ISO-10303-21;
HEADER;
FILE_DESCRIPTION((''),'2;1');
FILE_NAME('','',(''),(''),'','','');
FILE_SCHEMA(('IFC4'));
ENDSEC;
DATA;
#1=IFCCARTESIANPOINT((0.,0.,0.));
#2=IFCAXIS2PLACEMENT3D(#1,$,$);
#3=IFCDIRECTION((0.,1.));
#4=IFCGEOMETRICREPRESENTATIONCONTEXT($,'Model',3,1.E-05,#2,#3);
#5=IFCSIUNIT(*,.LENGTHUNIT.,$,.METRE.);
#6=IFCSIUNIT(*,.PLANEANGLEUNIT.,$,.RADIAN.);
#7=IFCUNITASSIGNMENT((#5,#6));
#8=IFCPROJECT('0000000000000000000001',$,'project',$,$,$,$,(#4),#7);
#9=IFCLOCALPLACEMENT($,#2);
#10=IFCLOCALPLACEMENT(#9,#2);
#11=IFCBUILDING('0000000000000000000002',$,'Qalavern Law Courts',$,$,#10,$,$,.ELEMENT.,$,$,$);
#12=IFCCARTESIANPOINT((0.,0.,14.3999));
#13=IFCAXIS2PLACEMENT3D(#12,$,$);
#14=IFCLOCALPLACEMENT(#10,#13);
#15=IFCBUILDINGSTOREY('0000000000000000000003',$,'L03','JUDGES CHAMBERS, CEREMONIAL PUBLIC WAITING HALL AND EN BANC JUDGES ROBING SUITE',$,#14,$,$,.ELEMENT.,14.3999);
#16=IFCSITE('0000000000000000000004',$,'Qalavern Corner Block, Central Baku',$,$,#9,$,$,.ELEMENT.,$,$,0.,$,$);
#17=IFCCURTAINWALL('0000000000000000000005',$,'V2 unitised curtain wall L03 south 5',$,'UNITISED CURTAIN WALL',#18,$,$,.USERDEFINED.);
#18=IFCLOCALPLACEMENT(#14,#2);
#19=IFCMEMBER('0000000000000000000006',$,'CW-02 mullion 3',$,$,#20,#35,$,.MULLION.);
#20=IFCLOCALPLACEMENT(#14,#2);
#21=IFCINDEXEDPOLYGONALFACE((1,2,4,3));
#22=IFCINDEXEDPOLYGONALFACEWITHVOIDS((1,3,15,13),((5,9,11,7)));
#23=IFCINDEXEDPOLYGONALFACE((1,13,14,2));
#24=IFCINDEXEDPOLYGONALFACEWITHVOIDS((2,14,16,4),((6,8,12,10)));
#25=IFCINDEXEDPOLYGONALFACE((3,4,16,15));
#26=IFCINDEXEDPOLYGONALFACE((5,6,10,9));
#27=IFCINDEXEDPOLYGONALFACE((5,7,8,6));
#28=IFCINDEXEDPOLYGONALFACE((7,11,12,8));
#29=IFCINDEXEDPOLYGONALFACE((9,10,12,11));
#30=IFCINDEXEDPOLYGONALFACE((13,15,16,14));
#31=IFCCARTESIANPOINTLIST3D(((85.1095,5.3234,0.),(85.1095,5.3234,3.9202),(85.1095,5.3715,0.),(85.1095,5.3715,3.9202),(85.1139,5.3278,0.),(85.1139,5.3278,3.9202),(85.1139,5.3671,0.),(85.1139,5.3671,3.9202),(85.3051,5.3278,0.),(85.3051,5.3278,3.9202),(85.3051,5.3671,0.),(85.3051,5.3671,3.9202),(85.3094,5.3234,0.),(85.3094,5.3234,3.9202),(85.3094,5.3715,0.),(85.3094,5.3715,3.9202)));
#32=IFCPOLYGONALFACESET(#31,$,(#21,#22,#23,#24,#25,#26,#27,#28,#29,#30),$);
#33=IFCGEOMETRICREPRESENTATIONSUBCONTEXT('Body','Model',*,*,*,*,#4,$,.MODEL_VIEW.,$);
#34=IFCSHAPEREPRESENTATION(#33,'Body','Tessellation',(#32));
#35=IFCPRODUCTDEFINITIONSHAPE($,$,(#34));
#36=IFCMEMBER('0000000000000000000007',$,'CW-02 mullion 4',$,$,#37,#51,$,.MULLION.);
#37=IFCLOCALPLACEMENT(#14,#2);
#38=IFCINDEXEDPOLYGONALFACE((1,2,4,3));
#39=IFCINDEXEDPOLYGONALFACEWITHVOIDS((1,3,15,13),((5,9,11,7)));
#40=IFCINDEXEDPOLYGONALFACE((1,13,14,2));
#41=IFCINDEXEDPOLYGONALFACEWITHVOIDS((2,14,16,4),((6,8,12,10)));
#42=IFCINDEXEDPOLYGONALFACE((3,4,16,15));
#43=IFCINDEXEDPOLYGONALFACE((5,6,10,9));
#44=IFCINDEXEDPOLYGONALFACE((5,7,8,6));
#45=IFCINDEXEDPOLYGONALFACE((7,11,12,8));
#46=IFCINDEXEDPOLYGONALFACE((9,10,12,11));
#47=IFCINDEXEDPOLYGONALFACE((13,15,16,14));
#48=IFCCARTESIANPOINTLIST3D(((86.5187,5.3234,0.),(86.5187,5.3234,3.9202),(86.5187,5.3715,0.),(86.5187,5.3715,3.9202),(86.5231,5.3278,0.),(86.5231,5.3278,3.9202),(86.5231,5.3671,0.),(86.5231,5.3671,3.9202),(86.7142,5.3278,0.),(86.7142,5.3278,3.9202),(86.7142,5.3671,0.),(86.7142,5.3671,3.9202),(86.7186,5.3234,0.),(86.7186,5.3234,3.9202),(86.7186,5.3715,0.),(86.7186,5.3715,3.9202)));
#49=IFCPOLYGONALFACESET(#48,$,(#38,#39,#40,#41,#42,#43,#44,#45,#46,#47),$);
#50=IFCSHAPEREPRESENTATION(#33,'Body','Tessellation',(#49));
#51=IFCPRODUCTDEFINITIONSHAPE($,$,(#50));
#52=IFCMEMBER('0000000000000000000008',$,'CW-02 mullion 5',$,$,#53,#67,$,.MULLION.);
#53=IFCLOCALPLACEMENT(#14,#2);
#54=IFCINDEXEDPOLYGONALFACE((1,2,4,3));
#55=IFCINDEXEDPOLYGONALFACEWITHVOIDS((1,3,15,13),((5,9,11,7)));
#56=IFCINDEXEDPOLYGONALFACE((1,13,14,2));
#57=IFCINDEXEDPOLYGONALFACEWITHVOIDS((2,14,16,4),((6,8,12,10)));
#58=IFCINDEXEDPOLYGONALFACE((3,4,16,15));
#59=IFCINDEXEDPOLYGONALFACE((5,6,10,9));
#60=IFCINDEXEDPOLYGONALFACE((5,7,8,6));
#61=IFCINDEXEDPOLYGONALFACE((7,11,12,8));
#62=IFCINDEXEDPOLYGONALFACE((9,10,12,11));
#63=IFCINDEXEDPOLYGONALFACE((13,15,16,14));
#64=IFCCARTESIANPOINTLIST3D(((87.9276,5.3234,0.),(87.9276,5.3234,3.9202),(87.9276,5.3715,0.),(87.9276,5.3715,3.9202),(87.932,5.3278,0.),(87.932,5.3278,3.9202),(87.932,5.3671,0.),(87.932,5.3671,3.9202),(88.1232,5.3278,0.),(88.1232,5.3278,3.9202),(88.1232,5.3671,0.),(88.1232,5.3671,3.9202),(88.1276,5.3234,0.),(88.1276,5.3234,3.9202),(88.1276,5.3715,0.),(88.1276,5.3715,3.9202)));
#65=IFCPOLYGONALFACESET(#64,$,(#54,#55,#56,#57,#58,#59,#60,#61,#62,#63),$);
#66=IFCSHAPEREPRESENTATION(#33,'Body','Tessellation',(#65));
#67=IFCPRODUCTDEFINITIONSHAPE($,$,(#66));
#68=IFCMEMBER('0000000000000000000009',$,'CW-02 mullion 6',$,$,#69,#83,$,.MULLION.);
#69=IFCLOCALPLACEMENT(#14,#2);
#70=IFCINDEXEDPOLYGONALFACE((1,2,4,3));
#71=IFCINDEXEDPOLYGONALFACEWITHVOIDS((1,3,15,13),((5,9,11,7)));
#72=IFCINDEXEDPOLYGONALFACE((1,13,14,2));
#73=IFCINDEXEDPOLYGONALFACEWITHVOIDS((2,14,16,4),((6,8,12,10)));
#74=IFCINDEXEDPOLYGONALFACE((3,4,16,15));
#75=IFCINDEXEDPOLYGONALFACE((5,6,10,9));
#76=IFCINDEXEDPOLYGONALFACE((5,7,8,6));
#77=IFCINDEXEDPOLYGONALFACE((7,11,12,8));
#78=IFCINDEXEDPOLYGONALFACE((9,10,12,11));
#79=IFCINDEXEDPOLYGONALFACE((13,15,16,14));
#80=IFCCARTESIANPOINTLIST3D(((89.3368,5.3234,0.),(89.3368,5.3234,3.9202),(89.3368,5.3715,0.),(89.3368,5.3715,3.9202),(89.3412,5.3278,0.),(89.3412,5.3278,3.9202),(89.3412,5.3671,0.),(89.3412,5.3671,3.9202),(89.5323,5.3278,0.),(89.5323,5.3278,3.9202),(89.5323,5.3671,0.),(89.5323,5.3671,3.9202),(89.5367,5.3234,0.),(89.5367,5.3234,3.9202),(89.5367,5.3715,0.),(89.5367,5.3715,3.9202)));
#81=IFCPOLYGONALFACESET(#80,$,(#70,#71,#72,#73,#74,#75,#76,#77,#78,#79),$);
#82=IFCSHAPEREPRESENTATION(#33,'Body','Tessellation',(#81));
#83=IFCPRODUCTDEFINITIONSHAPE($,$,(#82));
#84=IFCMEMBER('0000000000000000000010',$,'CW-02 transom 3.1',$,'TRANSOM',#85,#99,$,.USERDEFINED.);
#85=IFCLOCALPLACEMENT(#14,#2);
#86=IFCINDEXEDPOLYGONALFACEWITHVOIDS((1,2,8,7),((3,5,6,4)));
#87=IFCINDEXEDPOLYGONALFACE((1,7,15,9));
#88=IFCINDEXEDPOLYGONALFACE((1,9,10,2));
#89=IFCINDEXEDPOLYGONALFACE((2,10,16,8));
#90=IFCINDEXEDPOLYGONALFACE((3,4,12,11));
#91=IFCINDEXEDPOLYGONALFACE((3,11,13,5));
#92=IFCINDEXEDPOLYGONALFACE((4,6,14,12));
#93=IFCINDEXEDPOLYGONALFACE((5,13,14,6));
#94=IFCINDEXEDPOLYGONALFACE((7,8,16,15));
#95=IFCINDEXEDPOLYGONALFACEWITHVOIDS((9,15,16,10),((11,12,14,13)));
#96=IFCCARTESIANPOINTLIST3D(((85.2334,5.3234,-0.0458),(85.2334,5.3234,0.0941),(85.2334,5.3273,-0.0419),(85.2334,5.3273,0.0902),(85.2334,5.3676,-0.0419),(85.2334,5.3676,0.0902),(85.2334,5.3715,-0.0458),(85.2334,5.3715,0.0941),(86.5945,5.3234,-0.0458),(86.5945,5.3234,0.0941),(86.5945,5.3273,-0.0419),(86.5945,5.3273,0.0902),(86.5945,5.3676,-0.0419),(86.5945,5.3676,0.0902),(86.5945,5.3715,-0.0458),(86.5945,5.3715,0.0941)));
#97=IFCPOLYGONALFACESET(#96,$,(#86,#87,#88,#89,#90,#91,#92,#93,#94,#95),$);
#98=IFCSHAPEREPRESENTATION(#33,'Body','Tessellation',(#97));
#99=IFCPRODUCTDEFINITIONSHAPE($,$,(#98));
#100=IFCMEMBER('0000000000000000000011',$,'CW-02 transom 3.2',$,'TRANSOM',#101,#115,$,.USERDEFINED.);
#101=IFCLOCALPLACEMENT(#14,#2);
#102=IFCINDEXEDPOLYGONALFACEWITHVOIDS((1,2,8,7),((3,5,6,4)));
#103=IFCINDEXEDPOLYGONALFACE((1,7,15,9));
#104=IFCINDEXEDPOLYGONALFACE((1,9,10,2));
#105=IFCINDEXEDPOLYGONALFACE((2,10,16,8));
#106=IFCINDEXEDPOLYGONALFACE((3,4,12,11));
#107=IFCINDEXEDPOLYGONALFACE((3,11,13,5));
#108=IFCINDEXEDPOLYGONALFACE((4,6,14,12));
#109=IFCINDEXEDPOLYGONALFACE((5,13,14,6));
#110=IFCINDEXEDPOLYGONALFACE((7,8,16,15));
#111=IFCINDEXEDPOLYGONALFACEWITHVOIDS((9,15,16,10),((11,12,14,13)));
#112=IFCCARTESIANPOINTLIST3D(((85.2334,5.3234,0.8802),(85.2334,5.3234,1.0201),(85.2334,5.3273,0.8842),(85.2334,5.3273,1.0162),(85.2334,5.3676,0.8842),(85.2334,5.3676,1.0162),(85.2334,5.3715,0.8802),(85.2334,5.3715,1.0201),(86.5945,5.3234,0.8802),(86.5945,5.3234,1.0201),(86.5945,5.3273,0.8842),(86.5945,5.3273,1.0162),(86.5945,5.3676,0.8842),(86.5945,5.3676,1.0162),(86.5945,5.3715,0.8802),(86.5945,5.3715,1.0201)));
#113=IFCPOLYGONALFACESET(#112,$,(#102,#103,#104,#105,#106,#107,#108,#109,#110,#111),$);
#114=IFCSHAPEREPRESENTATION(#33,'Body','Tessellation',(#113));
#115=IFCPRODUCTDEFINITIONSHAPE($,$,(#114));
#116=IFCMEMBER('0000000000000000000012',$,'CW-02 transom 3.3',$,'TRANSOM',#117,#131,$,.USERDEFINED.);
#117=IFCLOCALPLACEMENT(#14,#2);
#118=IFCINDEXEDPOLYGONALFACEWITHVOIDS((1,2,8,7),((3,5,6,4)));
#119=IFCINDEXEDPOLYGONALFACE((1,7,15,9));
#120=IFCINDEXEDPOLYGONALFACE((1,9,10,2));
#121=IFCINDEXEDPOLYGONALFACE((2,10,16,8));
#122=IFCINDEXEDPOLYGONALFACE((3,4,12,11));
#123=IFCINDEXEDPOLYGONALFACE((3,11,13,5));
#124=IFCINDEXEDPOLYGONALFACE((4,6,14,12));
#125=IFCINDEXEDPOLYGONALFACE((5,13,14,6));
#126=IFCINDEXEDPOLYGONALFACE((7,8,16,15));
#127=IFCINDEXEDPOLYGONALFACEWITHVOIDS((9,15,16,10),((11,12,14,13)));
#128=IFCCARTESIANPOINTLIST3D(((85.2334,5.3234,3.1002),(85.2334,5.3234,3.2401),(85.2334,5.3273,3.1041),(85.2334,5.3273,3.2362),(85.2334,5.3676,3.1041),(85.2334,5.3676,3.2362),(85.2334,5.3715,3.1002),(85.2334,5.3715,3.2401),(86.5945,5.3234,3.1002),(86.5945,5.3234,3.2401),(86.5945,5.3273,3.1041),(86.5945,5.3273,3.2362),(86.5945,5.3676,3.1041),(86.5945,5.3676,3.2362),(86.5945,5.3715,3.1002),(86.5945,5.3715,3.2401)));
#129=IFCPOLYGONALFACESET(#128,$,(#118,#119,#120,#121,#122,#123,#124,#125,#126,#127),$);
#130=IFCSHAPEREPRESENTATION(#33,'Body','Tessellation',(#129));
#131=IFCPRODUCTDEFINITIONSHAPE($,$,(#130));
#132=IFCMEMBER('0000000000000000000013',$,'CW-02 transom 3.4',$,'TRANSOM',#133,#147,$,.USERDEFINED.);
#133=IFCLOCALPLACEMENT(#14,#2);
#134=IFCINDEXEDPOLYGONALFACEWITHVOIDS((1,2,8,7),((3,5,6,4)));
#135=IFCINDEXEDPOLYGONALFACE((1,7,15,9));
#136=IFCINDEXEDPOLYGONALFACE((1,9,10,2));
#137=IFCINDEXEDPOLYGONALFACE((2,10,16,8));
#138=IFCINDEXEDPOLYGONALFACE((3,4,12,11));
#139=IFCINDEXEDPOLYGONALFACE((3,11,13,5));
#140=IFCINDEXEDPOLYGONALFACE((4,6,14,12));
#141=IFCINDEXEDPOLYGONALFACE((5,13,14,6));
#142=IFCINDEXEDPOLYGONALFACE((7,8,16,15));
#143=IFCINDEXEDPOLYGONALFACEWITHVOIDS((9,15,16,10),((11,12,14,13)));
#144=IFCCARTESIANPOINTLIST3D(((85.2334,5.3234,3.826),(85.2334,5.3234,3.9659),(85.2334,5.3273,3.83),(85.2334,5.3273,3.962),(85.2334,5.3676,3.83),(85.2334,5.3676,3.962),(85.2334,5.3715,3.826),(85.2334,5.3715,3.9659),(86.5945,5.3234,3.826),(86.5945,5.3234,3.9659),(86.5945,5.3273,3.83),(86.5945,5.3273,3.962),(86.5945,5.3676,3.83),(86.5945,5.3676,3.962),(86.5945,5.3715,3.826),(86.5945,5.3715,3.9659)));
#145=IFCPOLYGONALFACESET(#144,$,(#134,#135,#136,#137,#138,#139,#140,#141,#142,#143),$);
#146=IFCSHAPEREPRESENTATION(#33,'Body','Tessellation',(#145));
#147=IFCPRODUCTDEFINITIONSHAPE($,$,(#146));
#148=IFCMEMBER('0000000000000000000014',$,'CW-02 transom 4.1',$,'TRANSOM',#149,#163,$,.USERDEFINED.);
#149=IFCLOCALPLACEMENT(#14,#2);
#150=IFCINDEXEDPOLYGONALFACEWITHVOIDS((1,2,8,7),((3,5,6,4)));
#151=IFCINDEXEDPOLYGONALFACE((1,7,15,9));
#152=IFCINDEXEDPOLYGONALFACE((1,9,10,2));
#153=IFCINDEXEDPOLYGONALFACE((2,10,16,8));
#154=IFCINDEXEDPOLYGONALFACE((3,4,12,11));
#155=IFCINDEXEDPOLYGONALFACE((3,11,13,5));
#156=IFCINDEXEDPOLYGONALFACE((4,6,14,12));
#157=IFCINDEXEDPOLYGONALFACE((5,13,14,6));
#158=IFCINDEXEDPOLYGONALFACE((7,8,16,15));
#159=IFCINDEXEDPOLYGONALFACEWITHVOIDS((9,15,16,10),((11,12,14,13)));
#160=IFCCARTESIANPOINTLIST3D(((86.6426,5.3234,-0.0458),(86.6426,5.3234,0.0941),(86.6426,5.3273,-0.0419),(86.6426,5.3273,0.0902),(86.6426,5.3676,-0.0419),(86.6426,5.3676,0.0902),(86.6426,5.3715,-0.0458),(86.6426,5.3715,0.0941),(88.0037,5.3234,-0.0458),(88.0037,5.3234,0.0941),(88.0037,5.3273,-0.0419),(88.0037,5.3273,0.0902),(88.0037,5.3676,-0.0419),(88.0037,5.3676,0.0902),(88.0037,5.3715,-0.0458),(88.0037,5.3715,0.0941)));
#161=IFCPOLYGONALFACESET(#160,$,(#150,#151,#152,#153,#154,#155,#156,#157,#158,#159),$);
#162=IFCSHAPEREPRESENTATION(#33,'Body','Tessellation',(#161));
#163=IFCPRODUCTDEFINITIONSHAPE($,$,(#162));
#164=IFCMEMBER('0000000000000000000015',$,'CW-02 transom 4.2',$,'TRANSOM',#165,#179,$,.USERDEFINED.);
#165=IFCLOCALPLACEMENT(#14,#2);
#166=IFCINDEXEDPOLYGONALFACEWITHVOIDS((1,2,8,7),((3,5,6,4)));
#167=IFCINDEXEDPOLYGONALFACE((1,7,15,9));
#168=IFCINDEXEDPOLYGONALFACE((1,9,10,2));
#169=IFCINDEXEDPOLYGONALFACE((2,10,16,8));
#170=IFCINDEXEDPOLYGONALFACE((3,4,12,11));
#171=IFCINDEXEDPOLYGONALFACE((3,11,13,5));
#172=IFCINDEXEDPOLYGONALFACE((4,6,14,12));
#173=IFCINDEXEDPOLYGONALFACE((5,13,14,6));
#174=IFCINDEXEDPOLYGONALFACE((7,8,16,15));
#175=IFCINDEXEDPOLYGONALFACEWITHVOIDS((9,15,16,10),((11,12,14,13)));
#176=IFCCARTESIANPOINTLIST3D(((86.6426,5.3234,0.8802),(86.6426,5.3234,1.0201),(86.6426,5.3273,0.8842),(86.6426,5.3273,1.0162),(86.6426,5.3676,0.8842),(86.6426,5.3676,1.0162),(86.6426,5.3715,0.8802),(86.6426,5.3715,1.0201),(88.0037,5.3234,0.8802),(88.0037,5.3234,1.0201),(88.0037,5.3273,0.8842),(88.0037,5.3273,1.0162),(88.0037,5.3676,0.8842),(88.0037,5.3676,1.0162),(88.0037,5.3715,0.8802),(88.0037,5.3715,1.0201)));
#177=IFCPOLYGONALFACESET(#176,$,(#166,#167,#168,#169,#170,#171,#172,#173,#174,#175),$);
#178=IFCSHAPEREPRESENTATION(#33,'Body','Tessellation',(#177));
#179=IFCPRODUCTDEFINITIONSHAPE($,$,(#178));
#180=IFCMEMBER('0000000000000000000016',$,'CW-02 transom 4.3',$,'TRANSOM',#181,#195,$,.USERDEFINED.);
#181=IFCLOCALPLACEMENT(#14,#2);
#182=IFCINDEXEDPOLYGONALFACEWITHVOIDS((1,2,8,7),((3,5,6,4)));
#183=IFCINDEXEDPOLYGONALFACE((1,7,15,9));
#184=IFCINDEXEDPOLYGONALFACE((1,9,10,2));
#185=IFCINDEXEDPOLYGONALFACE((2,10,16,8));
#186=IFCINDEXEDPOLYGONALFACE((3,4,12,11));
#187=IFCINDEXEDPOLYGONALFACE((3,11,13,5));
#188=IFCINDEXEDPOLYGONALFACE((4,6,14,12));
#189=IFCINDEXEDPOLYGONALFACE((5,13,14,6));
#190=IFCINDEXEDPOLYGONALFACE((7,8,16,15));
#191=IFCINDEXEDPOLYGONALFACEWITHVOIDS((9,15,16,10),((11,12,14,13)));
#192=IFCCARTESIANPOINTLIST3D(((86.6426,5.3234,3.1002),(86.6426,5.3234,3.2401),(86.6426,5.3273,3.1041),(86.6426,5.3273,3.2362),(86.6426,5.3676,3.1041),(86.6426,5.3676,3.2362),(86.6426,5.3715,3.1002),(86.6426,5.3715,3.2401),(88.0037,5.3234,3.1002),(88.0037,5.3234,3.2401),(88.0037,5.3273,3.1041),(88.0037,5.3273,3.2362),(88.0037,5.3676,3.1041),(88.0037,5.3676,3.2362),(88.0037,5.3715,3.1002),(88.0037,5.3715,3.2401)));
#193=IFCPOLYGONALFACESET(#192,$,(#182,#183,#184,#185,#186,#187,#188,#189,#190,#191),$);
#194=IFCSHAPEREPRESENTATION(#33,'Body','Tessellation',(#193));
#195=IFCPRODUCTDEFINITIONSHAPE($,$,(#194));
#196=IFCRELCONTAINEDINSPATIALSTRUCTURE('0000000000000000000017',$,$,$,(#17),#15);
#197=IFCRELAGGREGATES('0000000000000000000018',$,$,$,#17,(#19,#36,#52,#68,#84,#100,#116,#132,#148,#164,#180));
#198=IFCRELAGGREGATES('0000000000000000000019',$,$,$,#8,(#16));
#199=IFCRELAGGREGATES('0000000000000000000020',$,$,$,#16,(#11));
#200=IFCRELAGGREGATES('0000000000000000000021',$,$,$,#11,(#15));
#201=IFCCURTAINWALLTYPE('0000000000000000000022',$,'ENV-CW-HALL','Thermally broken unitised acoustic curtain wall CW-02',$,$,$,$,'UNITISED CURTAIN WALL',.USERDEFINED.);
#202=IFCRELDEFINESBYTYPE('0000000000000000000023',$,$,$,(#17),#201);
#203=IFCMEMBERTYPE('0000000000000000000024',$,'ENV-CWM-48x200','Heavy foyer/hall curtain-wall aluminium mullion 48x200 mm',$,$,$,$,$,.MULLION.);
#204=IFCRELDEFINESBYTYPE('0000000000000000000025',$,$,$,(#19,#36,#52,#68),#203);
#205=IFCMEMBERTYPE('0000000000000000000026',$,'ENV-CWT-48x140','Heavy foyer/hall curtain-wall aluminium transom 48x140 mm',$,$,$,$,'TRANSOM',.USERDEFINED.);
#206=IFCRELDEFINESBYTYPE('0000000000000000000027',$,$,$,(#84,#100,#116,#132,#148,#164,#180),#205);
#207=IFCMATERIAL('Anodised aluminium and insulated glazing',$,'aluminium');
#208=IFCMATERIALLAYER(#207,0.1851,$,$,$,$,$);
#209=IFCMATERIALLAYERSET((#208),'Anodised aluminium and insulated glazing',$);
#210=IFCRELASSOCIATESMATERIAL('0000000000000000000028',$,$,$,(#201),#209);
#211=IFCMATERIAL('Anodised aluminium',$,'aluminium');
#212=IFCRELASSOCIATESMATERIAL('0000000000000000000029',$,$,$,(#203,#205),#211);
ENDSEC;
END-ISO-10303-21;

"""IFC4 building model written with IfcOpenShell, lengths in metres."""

from ifc_helpers import new_model, si_unit, direction, frame, origin, origin_2d, place, context, subcontext, project, spatial, hollow_rectangle, extrude, material, layer, layer_set, material_profile, profile_set, type_object, element, aggregate, save


model = new_model("IFC4")

# Units and contexts
model_context = context("Model", 3, precision=1e-05, world=origin(), true_north=direction((0.0, 1.0)))
body_context = subcontext(model_context, "Body", "Model", "MODEL_VIEW")
ifc_project = project(units=[si_unit("LENGTHUNIT", "METRE"), si_unit("PLANEANGLEUNIT", "RADIAN")], contexts=[model_context])

# Site, building, storey
site_placement = place(None, origin())
site = spatial("IfcSite", under=ifc_project, at=site_placement, Name="Qalavern Corner Block, Central Baku", CompositionType="ELEMENT", RefElevation=0.0)
building_placement = place(site_placement, origin())
building = spatial("IfcBuilding", under=site, at=building_placement, Name="Qalavern Law Courts", CompositionType="ELEMENT")
storey_placement = place(building_placement, frame((0.0, 0.0, 14.3999)))
storey = spatial("IfcBuildingStorey", under=building, at=storey_placement, Name="L03", Description="JUDGES CHAMBERS, CEREMONIAL PUBLIC WAITING HALL AND EN BANC JUDGES ROBING SUITE", CompositionType="ELEMENT", Elevation=14.3999)

# Curtain wall, members
ifc_material_1 = material(Name="Anodised aluminium and insulated glazing", Category="aluminium")
ifc_layer_1 = layer(ifc_material_1, 0.1851)
ifc_layer_set_1 = layer_set([ifc_layer_1], Name="Anodised aluminium and insulated glazing")
curtain_wall_type = type_object("IfcCurtainWallType", Name="ENV-CW-HALL", Description="Thermally broken unitised acoustic curtain wall CW-02", ElementType="UNITISED CURTAIN WALL", PredefinedType="USERDEFINED", material=ifc_layer_set_1)
curtain_wall_placement = place(storey_placement, origin())
curtain_wall = element("IfcCurtainWall", 1, at=curtain_wall_placement, inside=storey, type_object=curtain_wall_type, Name="V2 unitised curtain wall L03 south 5", ObjectType="UNITISED CURTAIN WALL", PredefinedType="USERDEFINED")
ifc_material_2 = material(Name="Anodised aluminium", Category="aluminium")
ifc_material_profile_1 = material_profile(ifc_material_2, hollow_rectangle(XDim=0.0481, YDim=0.2, WallThickness=0.0044, at=origin_2d()), Name="ALU MULLION 48x200")
ifc_profile_set_1 = profile_set([ifc_material_profile_1], Name="Anodised aluminium")
member_type_1 = type_object("IfcMemberType", Name="ENV-CWM-48x200", Description="Heavy foyer/hall curtain-wall aluminium mullion 48x200 mm", PredefinedType="MULLION", material=ifc_profile_set_1)
member_1_placement = place(storey_placement, frame((85.2095, 5.3474, 0.0), z_axis=(0.0, 0.0, 1.0), x_axis=(0.0, 1.0, 0.0)))
member_1 = element("IfcMember", 2, at=member_1_placement, type_object=member_type_1, Name="CW-02 mullion 3", PredefinedType="MULLION", context=body_context, shape_type="SweptSolid", body=[
    extrude(hollow_rectangle(XDim=0.0481, YDim=0.2, WallThickness=0.0044, at=origin_2d()), origin(), (0.0, 0.0, 1.0), 3.9202),
])
member_2_placement = place(storey_placement, frame((86.6187, 5.3474, 0.0), z_axis=(0.0, 0.0, 1.0), x_axis=(0.0, 1.0, 0.0)))
member_2 = element("IfcMember", 3, at=member_2_placement, type_object=member_type_1, Name="CW-02 mullion 4", PredefinedType="MULLION", context=body_context, shape_type="SweptSolid", body=[
    extrude(hollow_rectangle(XDim=0.0481, YDim=0.2, WallThickness=0.0044, at=origin_2d()), origin(), (0.0, 0.0, 1.0), 3.9202),
])
member_3_placement = place(storey_placement, frame((88.0276, 5.3474, 0.0), z_axis=(0.0, 0.0, 1.0), x_axis=(0.0, 1.0, 0.0)))
member_3 = element("IfcMember", 4, at=member_3_placement, type_object=member_type_1, Name="CW-02 mullion 5", PredefinedType="MULLION", context=body_context, shape_type="SweptSolid", body=[
    extrude(hollow_rectangle(XDim=0.0481, YDim=0.2, WallThickness=0.0044, at=origin_2d()), origin(), (0.0, 0.0, 1.0), 3.9202),
])
member_4_placement = place(storey_placement, frame((89.4368, 5.3474, 0.0), z_axis=(0.0, 0.0, 1.0), x_axis=(0.0, 1.0, 0.0)))
member_4 = element("IfcMember", 5, at=member_4_placement, type_object=member_type_1, Name="CW-02 mullion 6", PredefinedType="MULLION", context=body_context, shape_type="SweptSolid", body=[
    extrude(hollow_rectangle(XDim=0.0481, YDim=0.2, WallThickness=0.0044, at=origin_2d()), origin(), (0.0, 0.0, 1.0), 3.9202),
])
ifc_material_profile_2 = material_profile(ifc_material_2, hollow_rectangle(XDim=0.0481, YDim=0.1399, WallThickness=0.0039, at=origin_2d()), Name="ALU TRANSOM 48x140")
ifc_profile_set_2 = profile_set([ifc_material_profile_2], Name="Anodised aluminium")
member_type_2 = type_object("IfcMemberType", Name="ENV-CWT-48x140", Description="Heavy foyer/hall curtain-wall aluminium transom 48x140 mm", ElementType="TRANSOM", PredefinedType="USERDEFINED", material=ifc_profile_set_2)
member_5_placement = place(storey_placement, frame((85.2334, 5.3474, 0.0242), z_axis=(1.0, 0.0, 0.0), x_axis=(0.0, 1.0, 0.0)))
member_5 = element("IfcMember", 6, at=member_5_placement, type_object=member_type_2, Name="CW-02 transom 3.1", ObjectType="TRANSOM", PredefinedType="USERDEFINED", context=body_context, shape_type="SweptSolid", body=[
    extrude(hollow_rectangle(XDim=0.0481, YDim=0.1399, WallThickness=0.0039, at=origin_2d()), origin(), (0.0, 0.0, 1.0), 1.3611),
])
member_6_placement = place(storey_placement, frame((85.2334, 5.3474, 0.9502), z_axis=(1.0, 0.0, 0.0), x_axis=(0.0, 1.0, 0.0)))
member_6 = element("IfcMember", 7, at=member_6_placement, type_object=member_type_2, Name="CW-02 transom 3.2", ObjectType="TRANSOM", PredefinedType="USERDEFINED", context=body_context, shape_type="SweptSolid", body=[
    extrude(hollow_rectangle(XDim=0.0481, YDim=0.1399, WallThickness=0.0039, at=origin_2d()), origin(), (0.0, 0.0, 1.0), 1.3611),
])
member_7_placement = place(storey_placement, frame((85.2334, 5.3474, 3.1702), z_axis=(1.0, 0.0, 0.0), x_axis=(0.0, 1.0, 0.0)))
member_7 = element("IfcMember", 8, at=member_7_placement, type_object=member_type_2, Name="CW-02 transom 3.3", ObjectType="TRANSOM", PredefinedType="USERDEFINED", context=body_context, shape_type="SweptSolid", body=[
    extrude(hollow_rectangle(XDim=0.0481, YDim=0.1399, WallThickness=0.0039, at=origin_2d()), origin(), (0.0, 0.0, 1.0), 1.3611),
])
member_8_placement = place(storey_placement, frame((85.2334, 5.3474, 3.896), z_axis=(1.0, 0.0, 0.0), x_axis=(0.0, 1.0, 0.0)))
member_8 = element("IfcMember", 9, at=member_8_placement, type_object=member_type_2, Name="CW-02 transom 3.4", ObjectType="TRANSOM", PredefinedType="USERDEFINED", context=body_context, shape_type="SweptSolid", body=[
    extrude(hollow_rectangle(XDim=0.0481, YDim=0.1399, WallThickness=0.0039, at=origin_2d()), origin(), (0.0, 0.0, 1.0), 1.3611),
])
member_9_placement = place(storey_placement, frame((86.6426, 5.3474, 0.0242), z_axis=(1.0, 0.0, 0.0), x_axis=(0.0, 1.0, 0.0)))
member_9 = element("IfcMember", 10, at=member_9_placement, type_object=member_type_2, Name="CW-02 transom 4.1", ObjectType="TRANSOM", PredefinedType="USERDEFINED", context=body_context, shape_type="SweptSolid", body=[
    extrude(hollow_rectangle(XDim=0.0481, YDim=0.1399, WallThickness=0.0039, at=origin_2d()), origin(), (0.0, 0.0, 1.0), 1.3611),
])
member_10_placement = place(storey_placement, frame((86.6426, 5.3474, 0.9502), z_axis=(1.0, 0.0, 0.0), x_axis=(0.0, 1.0, 0.0)))
member_10 = element("IfcMember", 11, at=member_10_placement, type_object=member_type_2, Name="CW-02 transom 4.2", ObjectType="TRANSOM", PredefinedType="USERDEFINED", context=body_context, shape_type="SweptSolid", body=[
    extrude(hollow_rectangle(XDim=0.0481, YDim=0.1399, WallThickness=0.0039, at=origin_2d()), origin(), (0.0, 0.0, 1.0), 1.3611),
])
member_11_placement = place(storey_placement, frame((86.6426, 5.3474, 3.1702), z_axis=(1.0, 0.0, 0.0), x_axis=(0.0, 1.0, 0.0)))
member_11 = element("IfcMember", 12, at=member_11_placement, type_object=member_type_2, Name="CW-02 transom 4.3", ObjectType="TRANSOM", PredefinedType="USERDEFINED", context=body_context, shape_type="SweptSolid", body=[
    extrude(hollow_rectangle(XDim=0.0481, YDim=0.1399, WallThickness=0.0039, at=origin_2d()), origin(), (0.0, 0.0, 1.0), 1.3611),
])
aggregate(curtain_wall, [member_1, member_2, member_3, member_4, member_5, member_6, member_7, member_8, member_9, member_10, member_11])

save(model, "model.ifc")
